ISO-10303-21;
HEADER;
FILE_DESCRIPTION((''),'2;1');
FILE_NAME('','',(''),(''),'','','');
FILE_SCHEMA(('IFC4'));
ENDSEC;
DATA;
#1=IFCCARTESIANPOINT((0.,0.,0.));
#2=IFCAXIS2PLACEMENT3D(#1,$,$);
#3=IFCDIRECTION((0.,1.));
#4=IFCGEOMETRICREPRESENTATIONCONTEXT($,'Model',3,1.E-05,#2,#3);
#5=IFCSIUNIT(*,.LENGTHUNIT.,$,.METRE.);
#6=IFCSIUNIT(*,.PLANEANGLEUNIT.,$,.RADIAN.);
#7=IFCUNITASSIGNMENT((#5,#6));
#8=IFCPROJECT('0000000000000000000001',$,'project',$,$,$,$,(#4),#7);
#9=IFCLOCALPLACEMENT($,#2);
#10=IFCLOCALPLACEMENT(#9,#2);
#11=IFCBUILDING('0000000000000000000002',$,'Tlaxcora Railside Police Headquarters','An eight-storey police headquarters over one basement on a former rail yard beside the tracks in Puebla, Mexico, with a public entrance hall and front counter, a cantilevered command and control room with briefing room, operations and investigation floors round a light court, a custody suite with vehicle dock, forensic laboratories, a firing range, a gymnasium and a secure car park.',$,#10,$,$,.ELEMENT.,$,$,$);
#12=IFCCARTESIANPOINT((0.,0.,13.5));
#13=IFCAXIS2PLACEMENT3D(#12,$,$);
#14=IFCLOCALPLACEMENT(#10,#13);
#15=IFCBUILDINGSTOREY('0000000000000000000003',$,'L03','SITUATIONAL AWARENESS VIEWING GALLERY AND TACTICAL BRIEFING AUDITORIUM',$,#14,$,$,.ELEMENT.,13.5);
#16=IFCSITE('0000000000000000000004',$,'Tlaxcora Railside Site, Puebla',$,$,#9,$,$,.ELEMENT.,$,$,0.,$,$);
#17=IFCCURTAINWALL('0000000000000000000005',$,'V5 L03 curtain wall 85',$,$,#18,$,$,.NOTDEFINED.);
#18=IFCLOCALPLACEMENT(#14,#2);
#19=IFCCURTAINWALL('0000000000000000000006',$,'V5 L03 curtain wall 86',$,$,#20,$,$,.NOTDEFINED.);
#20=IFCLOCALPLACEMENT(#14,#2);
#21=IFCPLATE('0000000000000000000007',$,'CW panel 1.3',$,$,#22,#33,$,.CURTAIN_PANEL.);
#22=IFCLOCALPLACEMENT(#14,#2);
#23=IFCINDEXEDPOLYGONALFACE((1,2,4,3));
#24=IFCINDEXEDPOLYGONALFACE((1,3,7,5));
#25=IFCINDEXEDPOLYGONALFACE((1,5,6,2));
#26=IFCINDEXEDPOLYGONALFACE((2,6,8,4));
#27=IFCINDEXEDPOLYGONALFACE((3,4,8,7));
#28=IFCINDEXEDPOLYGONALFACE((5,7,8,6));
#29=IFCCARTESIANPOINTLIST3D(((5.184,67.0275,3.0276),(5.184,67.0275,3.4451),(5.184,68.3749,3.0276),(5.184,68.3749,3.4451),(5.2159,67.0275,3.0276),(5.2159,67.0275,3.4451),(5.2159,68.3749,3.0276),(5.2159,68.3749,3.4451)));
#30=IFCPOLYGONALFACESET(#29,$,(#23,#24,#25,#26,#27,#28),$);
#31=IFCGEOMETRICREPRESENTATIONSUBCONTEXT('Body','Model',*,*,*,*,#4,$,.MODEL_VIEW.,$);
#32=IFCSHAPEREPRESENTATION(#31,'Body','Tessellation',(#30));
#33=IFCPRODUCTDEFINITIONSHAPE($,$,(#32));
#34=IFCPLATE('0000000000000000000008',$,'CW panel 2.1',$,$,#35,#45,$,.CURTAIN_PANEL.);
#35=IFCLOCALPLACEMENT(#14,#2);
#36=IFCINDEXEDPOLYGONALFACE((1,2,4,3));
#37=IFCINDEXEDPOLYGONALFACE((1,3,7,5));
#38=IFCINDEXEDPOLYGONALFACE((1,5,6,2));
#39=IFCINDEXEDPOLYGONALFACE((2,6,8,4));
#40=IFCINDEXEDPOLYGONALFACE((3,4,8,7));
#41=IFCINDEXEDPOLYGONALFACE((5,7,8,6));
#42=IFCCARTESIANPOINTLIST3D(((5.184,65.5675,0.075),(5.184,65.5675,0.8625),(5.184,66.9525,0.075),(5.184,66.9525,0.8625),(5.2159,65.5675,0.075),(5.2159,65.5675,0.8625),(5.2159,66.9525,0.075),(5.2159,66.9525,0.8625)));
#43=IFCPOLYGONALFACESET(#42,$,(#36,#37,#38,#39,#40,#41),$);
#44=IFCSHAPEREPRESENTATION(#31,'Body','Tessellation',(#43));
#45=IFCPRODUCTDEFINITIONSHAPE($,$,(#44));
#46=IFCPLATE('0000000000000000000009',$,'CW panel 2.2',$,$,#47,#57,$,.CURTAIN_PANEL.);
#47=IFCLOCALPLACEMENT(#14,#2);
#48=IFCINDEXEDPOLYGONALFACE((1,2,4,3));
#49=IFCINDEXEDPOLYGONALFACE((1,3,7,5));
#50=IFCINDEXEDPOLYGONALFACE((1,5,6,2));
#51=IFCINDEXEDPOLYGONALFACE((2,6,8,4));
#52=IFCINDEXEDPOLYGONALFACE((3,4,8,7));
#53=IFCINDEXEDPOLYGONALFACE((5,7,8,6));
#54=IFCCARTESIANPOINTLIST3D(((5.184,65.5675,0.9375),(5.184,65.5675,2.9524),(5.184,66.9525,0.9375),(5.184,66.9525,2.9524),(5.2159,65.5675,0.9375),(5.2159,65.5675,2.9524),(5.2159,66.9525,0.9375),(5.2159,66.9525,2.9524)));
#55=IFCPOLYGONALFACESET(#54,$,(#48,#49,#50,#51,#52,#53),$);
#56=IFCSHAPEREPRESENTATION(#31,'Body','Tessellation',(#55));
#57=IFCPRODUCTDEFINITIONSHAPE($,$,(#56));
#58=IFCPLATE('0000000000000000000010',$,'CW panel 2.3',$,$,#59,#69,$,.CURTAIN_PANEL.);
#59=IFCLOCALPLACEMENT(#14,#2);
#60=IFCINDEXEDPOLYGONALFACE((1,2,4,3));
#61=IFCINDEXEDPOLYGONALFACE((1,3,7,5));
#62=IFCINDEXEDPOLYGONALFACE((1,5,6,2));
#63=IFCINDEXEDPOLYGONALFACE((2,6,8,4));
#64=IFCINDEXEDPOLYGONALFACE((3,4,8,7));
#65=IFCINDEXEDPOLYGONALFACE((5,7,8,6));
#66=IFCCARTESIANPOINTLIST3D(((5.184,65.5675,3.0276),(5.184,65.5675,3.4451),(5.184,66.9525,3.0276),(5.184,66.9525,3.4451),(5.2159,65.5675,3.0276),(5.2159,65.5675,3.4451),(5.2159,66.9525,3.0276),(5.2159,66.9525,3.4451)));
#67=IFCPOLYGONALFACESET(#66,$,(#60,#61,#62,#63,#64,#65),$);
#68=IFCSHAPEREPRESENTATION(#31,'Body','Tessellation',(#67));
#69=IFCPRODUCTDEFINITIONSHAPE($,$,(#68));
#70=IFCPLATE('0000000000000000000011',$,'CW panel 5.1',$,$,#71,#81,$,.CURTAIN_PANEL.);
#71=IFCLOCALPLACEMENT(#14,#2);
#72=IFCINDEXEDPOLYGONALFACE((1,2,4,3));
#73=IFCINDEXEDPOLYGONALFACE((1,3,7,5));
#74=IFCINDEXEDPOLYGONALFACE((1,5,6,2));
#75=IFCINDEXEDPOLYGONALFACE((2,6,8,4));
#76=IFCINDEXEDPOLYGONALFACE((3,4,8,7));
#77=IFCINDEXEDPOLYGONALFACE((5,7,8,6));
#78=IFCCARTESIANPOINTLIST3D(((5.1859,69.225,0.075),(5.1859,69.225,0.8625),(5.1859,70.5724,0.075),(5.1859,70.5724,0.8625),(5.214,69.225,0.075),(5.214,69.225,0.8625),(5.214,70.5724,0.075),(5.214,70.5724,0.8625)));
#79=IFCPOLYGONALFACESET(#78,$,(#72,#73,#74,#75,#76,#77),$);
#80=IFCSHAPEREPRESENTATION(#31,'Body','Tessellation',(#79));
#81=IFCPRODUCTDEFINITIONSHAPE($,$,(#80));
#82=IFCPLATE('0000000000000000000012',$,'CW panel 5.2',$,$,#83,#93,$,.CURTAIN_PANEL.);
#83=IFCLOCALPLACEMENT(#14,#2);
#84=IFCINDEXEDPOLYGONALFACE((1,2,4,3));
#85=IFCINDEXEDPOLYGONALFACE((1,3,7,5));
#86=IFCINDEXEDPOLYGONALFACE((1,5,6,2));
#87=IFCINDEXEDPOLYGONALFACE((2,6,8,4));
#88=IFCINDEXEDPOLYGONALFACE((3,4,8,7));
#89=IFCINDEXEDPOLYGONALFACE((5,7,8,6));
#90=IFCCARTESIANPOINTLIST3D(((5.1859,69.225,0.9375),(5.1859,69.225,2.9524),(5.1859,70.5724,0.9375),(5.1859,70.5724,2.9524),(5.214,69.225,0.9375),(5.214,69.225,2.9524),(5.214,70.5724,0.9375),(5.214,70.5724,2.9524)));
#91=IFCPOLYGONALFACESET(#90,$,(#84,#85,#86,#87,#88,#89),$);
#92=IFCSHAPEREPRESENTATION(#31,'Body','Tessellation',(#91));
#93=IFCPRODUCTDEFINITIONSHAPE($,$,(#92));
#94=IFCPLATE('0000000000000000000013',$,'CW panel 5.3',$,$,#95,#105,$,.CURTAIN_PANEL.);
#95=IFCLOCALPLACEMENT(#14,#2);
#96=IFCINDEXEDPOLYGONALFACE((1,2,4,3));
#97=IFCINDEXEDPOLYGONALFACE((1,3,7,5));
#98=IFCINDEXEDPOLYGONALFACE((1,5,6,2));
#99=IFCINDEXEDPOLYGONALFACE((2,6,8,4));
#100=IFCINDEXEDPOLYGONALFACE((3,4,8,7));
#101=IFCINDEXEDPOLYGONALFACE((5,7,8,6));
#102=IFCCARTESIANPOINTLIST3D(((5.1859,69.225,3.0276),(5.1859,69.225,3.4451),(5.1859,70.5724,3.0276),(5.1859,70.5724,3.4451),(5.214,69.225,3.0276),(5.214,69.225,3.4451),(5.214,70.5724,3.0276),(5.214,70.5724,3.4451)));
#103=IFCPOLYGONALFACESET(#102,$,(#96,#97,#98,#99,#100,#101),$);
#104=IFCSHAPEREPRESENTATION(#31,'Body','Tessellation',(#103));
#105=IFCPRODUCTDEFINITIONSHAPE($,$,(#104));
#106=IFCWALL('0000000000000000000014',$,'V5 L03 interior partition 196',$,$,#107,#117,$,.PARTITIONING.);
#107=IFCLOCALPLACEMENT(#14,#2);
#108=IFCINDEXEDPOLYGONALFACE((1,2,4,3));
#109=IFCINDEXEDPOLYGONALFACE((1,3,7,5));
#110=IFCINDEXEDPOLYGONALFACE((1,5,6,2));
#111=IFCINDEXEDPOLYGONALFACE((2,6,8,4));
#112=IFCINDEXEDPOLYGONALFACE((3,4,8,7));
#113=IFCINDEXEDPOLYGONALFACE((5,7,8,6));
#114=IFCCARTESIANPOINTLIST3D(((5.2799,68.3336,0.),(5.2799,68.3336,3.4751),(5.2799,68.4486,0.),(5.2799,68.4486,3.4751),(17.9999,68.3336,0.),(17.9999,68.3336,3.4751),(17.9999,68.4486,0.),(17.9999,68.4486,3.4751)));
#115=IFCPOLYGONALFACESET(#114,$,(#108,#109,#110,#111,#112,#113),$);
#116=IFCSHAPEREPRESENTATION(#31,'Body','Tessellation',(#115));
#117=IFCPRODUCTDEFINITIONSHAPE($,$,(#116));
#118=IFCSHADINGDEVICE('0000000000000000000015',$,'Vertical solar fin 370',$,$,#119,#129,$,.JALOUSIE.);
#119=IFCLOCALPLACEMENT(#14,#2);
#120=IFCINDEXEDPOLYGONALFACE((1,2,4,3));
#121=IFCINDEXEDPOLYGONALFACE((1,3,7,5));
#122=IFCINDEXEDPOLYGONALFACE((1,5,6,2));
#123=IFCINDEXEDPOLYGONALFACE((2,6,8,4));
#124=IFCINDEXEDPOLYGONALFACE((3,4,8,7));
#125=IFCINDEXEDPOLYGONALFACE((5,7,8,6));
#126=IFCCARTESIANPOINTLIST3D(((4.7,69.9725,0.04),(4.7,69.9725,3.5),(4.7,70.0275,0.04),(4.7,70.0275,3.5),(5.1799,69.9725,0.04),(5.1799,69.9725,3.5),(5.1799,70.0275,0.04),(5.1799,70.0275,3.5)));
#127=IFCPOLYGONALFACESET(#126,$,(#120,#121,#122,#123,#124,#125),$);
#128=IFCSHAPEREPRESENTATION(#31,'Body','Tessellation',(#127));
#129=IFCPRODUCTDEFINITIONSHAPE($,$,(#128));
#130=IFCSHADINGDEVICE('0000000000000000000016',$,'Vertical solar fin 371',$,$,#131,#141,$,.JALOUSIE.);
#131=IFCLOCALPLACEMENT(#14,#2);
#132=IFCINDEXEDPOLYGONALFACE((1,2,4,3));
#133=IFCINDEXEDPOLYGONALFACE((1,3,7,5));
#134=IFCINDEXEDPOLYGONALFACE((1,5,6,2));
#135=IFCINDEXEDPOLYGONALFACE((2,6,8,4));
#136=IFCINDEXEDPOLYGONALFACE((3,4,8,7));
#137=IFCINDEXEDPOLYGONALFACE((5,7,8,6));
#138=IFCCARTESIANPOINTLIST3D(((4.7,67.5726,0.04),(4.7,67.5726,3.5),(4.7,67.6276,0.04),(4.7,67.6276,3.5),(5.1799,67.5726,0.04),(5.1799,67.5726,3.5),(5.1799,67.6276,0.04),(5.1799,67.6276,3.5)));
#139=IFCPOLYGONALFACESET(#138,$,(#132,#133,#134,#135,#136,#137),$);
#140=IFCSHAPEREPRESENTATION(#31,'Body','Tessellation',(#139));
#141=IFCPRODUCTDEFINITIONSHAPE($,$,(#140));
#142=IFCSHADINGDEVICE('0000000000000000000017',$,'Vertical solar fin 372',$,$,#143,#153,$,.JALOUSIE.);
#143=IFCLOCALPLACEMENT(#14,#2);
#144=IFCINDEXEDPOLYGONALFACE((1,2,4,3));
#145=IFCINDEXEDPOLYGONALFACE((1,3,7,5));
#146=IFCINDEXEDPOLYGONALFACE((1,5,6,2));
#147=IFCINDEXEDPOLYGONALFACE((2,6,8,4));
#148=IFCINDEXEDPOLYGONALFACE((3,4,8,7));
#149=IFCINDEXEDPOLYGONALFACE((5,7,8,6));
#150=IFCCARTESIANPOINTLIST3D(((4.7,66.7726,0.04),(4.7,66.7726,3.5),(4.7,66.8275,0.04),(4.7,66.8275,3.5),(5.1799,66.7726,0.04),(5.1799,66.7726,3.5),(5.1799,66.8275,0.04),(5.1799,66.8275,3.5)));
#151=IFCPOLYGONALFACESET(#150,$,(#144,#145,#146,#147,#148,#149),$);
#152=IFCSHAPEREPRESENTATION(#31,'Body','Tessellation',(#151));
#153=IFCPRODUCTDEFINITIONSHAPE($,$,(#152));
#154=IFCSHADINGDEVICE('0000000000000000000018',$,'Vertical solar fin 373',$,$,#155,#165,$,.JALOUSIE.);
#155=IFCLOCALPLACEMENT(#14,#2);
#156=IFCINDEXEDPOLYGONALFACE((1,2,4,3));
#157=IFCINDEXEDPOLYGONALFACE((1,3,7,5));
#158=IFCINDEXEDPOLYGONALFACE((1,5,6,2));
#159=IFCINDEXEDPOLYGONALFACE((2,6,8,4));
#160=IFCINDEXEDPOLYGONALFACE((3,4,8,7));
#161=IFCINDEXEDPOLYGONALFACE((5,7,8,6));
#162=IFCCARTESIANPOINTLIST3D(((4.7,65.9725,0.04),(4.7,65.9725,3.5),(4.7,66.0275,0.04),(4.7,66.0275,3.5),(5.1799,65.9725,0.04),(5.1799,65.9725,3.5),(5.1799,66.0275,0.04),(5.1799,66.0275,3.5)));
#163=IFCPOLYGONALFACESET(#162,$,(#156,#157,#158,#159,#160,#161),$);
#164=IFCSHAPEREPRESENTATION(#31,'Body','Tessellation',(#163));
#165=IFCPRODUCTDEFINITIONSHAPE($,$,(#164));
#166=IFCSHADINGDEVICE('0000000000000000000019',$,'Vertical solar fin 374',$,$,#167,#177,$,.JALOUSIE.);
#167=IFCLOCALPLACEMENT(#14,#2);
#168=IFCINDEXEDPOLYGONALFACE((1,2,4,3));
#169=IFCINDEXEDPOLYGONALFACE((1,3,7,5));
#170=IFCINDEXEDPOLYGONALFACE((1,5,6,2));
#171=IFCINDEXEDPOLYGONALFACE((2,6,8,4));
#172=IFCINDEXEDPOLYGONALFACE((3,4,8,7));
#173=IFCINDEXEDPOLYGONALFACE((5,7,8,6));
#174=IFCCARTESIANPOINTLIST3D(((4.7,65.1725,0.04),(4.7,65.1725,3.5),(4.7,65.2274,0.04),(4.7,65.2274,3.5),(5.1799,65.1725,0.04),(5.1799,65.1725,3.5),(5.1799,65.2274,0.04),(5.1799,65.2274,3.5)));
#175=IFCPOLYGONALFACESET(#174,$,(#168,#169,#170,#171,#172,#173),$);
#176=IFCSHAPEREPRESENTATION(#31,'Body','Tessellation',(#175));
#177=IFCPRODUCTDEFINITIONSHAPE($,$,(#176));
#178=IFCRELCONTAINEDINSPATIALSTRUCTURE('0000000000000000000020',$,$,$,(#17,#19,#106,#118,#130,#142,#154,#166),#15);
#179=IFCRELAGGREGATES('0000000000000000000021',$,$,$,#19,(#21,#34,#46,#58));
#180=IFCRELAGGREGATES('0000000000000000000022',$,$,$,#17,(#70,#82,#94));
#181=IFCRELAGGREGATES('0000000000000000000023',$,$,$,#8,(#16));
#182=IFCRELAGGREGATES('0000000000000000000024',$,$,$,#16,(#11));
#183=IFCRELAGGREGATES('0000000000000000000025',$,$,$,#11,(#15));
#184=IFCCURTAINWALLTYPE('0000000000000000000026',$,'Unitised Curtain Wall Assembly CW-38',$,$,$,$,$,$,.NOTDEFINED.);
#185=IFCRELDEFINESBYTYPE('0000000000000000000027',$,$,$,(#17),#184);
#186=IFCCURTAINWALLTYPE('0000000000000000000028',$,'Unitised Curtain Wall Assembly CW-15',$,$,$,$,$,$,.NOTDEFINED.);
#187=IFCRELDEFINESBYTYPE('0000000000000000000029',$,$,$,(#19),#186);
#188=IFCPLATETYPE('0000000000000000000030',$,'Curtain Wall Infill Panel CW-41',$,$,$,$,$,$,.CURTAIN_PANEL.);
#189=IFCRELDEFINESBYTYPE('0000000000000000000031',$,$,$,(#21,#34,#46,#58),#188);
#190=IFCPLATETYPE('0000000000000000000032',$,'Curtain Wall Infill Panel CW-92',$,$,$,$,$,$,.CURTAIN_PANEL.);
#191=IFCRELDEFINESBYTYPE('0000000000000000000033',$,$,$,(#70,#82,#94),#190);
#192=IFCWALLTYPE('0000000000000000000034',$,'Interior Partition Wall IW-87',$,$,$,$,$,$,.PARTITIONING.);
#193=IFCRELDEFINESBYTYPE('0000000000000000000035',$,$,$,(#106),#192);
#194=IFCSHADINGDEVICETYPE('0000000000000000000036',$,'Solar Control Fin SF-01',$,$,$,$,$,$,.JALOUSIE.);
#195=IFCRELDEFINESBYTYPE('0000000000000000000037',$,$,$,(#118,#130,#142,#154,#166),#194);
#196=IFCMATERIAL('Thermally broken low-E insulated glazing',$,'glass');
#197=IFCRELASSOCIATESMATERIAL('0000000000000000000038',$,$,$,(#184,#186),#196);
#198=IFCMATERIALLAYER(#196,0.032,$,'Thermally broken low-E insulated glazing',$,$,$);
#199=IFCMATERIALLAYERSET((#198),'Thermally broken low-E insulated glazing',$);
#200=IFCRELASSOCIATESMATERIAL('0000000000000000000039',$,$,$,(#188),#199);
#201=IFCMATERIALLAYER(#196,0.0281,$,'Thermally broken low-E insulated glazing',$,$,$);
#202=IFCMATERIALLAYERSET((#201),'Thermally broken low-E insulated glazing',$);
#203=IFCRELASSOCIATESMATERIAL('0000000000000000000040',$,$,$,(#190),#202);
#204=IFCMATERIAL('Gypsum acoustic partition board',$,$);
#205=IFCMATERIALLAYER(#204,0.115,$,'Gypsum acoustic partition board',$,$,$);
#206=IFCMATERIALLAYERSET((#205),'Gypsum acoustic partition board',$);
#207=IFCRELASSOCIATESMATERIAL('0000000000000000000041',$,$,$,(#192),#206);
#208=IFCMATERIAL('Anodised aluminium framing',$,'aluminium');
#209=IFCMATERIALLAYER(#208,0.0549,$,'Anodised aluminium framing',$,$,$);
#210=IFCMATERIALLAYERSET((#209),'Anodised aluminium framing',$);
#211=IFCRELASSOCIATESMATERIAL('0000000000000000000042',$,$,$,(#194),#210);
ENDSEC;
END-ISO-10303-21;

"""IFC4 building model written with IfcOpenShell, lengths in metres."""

from ifc_helpers import new_model, si_unit, direction, frame, frame_2d, origin, origin_2d, place, context, subcontext, project, spatial, rectangle, extrude, material, layer, layer_set, type_object, element, aggregate, save


model = new_model("IFC4")

# Units and contexts
model_context = context("Model", 3, precision=1e-05, world=origin(), true_north=direction((0.0, 1.0)))
body_context = subcontext(model_context, "Body", "Model", "MODEL_VIEW")
ifc_project = project(units=[si_unit("LENGTHUNIT", "METRE"), si_unit("PLANEANGLEUNIT", "RADIAN")], contexts=[model_context])

# Site, building, storey
site_placement = place(None, origin())
site = spatial("IfcSite", under=ifc_project, at=site_placement, Name="Tlaxcora Railside Site, Puebla", CompositionType="ELEMENT", RefElevation=0.0)
building_placement = place(site_placement, origin())
building = spatial("IfcBuilding", under=site, at=building_placement, Name="Tlaxcora Railside Police Headquarters", Description="An eight-storey police headquarters over one basement on a former rail yard beside the tracks in Puebla, Mexico, with a public entrance hall and front counter, a cantilevered command and control room with briefing room, operations and investigation floors round a light court, a custody suite with vehicle dock, forensic laboratories, a firing range, a gymnasium and a secure car park.", CompositionType="ELEMENT")
storey_placement = place(building_placement, frame((0.0, 0.0, 13.5)))
storey = spatial("IfcBuildingStorey", under=building, at=storey_placement, Name="L03", Description="SITUATIONAL AWARENESS VIEWING GALLERY AND TACTICAL BRIEFING AUDITORIUM", CompositionType="ELEMENT", Elevation=13.5)

# Curtain wall
ifc_material_1 = material(Name="Thermally broken low-E insulated glazing", Category="glass")
curtain_wall_type_1 = type_object("IfcCurtainWallType", Name="Unitised Curtain Wall Assembly CW-38", PredefinedType="NOTDEFINED", material=ifc_material_1)
curtain_wall_1_placement = place(storey_placement, origin())
curtain_wall_1 = element("IfcCurtainWall", 1, at=curtain_wall_1_placement, inside=storey, type_object=curtain_wall_type_1, Name="V5 L03 curtain wall 85", PredefinedType="NOTDEFINED")
ifc_material_2 = material(Name="Anodised aluminium framing", Category="aluminium")

# Curtain wall
curtain_wall_type_2 = type_object("IfcCurtainWallType", Name="Unitised Curtain Wall Assembly CW-15", PredefinedType="NOTDEFINED", material=ifc_material_1)
curtain_wall_2_placement = place(storey_placement, origin())
curtain_wall_2 = element("IfcCurtainWall", 2, at=curtain_wall_2_placement, inside=storey, type_object=curtain_wall_type_2, Name="V5 L03 curtain wall 86", PredefinedType="NOTDEFINED")

# Plates
ifc_layer_1 = layer(ifc_material_1, 0.032, Name="Thermally broken low-E insulated glazing")
ifc_layer_set_1 = layer_set([ifc_layer_1], Name="Thermally broken low-E insulated glazing")
plate_type_1 = type_object("IfcPlateType", Name="Curtain Wall Infill Panel CW-41", PredefinedType="CURTAIN_PANEL", material=ifc_layer_set_1)
plate_1_placement = place(storey_placement, frame((5.2, 67.7012, 3.0276), z_axis=(0.0, 0.0, 1.0), x_axis=(0.0, -1.0, 0.0)))
plate_1 = element("IfcPlate", 3, at=plate_1_placement, type_object=plate_type_1, Name="CW panel 1.3", PredefinedType="CURTAIN_PANEL", context=body_context, shape_type="SweptSolid", body=[
    extrude(rectangle(XDim=1.3474, YDim=0.032, at=origin_2d()), origin(), (0.0, 0.0, 1.0), 0.4175),
])
plate_2_placement = place(storey_placement, frame((5.2, 66.26, 0.075), z_axis=(0.0, 0.0, 1.0), x_axis=(0.0, -1.0, 0.0)))
plate_2 = element("IfcPlate", 4, at=plate_2_placement, type_object=plate_type_1, Name="CW panel 2.1", PredefinedType="CURTAIN_PANEL", context=body_context, shape_type="SweptSolid", body=[
    extrude(rectangle(XDim=1.385, YDim=0.032, at=origin_2d()), origin(), (0.0, 0.0, 1.0), 0.7876),
])
plate_3_placement = place(storey_placement, frame((5.2, 66.26, 0.9375), z_axis=(0.0, 0.0, 1.0), x_axis=(0.0, -1.0, 0.0)))
plate_3 = element("IfcPlate", 5, at=plate_3_placement, type_object=plate_type_1, Name="CW panel 2.2", PredefinedType="CURTAIN_PANEL", context=body_context, shape_type="SweptSolid", body=[
    extrude(rectangle(XDim=1.385, YDim=0.032, at=origin_2d()), origin(), (0.0, 0.0, 1.0), 2.0149),
])
plate_4_placement = place(storey_placement, frame((5.2, 66.26, 3.0276), z_axis=(0.0, 0.0, 1.0), x_axis=(0.0, -1.0, 0.0)))
plate_4 = element("IfcPlate", 6, at=plate_4_placement, type_object=plate_type_1, Name="CW panel 2.3", PredefinedType="CURTAIN_PANEL", context=body_context, shape_type="SweptSolid", body=[
    extrude(rectangle(XDim=1.385, YDim=0.032, at=origin_2d()), origin(), (0.0, 0.0, 1.0), 0.4175),
])
aggregate(curtain_wall_2, [plate_1, plate_2, plate_3, plate_4])
ifc_layer_2 = layer(ifc_material_1, 0.0281, Name="Thermally broken low-E insulated glazing")
ifc_layer_set_2 = layer_set([ifc_layer_2], Name="Thermally broken low-E insulated glazing")
plate_type_2 = type_object("IfcPlateType", Name="Curtain Wall Infill Panel CW-92", PredefinedType="CURTAIN_PANEL", material=ifc_layer_set_2)
plate_5_placement = place(storey_placement, frame((5.2, 69.8987, 0.075), z_axis=(0.0, 0.0, 1.0), x_axis=(0.0, -1.0, 0.0)))
plate_5 = element("IfcPlate", 7, at=plate_5_placement, type_object=plate_type_2, Name="CW panel 5.1", PredefinedType="CURTAIN_PANEL", context=body_context, shape_type="SweptSolid", body=[
    extrude(rectangle(XDim=1.3474, YDim=0.0281, at=origin_2d()), origin(), (0.0, 0.0, 1.0), 0.7876),
])
plate_6_placement = place(storey_placement, frame((5.2, 69.8987, 0.9375), z_axis=(0.0, 0.0, 1.0), x_axis=(0.0, -1.0, 0.0)))
plate_6 = element("IfcPlate", 8, at=plate_6_placement, type_object=plate_type_2, Name="CW panel 5.2", PredefinedType="CURTAIN_PANEL", context=body_context, shape_type="SweptSolid", body=[
    extrude(rectangle(XDim=1.3474, YDim=0.0281, at=origin_2d()), origin(), (0.0, 0.0, 1.0), 2.0149),
])
plate_7_placement = place(storey_placement, frame((5.2, 69.8987, 3.0276), z_axis=(0.0, 0.0, 1.0), x_axis=(0.0, -1.0, 0.0)))
plate_7 = element("IfcPlate", 9, at=plate_7_placement, type_object=plate_type_2, Name="CW panel 5.3", PredefinedType="CURTAIN_PANEL", context=body_context, shape_type="SweptSolid", body=[
    extrude(rectangle(XDim=1.3474, YDim=0.0281, at=origin_2d()), origin(), (0.0, 0.0, 1.0), 0.4175),
])
aggregate(curtain_wall_1, [plate_5, plate_6, plate_7])

# Wall
ifc_material_3 = material(Name="Gypsum acoustic partition board")
ifc_layer_3 = layer(ifc_material_3, 0.115, Name="Gypsum acoustic partition board")
ifc_layer_set_3 = layer_set([ifc_layer_3], Name="Gypsum acoustic partition board")
wall_type = type_object("IfcWallType", Name="Interior Partition Wall IW-87", PredefinedType="PARTITIONING", material=ifc_layer_set_3)
wall_placement = place(storey_placement, frame((5.28, 68.3911, 0.0), z_axis=(0.0, 0.0, 1.0), x_axis=(1.0, 0.0, 0.0)))
element("IfcWall", 10, at=wall_placement, inside=storey, type_object=wall_type, Name="V5 L03 interior partition 196", PredefinedType="PARTITIONING", context=body_context, shape_type="SweptSolid", body=[
    extrude(rectangle(XDim=12.72, YDim=0.115, at=frame_2d((6.3599, 0.0))), origin(), (0.0, 0.0, 1.0), 3.4751),
])

# Shading devices
ifc_layer_4 = layer(ifc_material_2, 0.0549, Name="Anodised aluminium framing")
ifc_layer_set_4 = layer_set([ifc_layer_4], Name="Anodised aluminium framing")
shading_device_type = type_object("IfcShadingDeviceType", Name="Solar Control Fin SF-01", PredefinedType="JALOUSIE", material=ifc_layer_set_4)
for number, where, z_axis, x_axis, name in (
    (11, (4.9399, 70.0, 0.04), (0.0, 0.0, 1.0), (-1.0, 0.0, 0.0), "Vertical solar fin 370"),
    (12, (4.9399, 67.6001, 0.04), (0.0, 0.0, 1.0), (-1.0, 0.0, 0.0), "Vertical solar fin 371"),
    (13, (4.9399, 66.8, 0.04), (0.0, 0.0, 1.0), (-1.0, 0.0, 0.0), "Vertical solar fin 372"),
    (14, (4.9399, 66.0, 0.04), (0.0, 0.0, 1.0), (-1.0, 0.0, 0.0), "Vertical solar fin 373"),
    (15, (4.9399, 65.2, 0.04), (0.0, 0.0, 1.0), (-1.0, 0.0, 0.0), "Vertical solar fin 374"),
):
    element("IfcShadingDevice", number, at=place(storey_placement, frame(where, z_axis=z_axis, x_axis=x_axis)), inside=storey, type_object=shading_device_type, Name=name, PredefinedType="JALOUSIE", context=body_context, shape_type="SweptSolid", body=[
        extrude(rectangle(XDim=0.48, YDim=0.0549, at=origin_2d()), origin(), (0.0, 0.0, 1.0), 3.46),
    ])

save(model, "model.ifc")
